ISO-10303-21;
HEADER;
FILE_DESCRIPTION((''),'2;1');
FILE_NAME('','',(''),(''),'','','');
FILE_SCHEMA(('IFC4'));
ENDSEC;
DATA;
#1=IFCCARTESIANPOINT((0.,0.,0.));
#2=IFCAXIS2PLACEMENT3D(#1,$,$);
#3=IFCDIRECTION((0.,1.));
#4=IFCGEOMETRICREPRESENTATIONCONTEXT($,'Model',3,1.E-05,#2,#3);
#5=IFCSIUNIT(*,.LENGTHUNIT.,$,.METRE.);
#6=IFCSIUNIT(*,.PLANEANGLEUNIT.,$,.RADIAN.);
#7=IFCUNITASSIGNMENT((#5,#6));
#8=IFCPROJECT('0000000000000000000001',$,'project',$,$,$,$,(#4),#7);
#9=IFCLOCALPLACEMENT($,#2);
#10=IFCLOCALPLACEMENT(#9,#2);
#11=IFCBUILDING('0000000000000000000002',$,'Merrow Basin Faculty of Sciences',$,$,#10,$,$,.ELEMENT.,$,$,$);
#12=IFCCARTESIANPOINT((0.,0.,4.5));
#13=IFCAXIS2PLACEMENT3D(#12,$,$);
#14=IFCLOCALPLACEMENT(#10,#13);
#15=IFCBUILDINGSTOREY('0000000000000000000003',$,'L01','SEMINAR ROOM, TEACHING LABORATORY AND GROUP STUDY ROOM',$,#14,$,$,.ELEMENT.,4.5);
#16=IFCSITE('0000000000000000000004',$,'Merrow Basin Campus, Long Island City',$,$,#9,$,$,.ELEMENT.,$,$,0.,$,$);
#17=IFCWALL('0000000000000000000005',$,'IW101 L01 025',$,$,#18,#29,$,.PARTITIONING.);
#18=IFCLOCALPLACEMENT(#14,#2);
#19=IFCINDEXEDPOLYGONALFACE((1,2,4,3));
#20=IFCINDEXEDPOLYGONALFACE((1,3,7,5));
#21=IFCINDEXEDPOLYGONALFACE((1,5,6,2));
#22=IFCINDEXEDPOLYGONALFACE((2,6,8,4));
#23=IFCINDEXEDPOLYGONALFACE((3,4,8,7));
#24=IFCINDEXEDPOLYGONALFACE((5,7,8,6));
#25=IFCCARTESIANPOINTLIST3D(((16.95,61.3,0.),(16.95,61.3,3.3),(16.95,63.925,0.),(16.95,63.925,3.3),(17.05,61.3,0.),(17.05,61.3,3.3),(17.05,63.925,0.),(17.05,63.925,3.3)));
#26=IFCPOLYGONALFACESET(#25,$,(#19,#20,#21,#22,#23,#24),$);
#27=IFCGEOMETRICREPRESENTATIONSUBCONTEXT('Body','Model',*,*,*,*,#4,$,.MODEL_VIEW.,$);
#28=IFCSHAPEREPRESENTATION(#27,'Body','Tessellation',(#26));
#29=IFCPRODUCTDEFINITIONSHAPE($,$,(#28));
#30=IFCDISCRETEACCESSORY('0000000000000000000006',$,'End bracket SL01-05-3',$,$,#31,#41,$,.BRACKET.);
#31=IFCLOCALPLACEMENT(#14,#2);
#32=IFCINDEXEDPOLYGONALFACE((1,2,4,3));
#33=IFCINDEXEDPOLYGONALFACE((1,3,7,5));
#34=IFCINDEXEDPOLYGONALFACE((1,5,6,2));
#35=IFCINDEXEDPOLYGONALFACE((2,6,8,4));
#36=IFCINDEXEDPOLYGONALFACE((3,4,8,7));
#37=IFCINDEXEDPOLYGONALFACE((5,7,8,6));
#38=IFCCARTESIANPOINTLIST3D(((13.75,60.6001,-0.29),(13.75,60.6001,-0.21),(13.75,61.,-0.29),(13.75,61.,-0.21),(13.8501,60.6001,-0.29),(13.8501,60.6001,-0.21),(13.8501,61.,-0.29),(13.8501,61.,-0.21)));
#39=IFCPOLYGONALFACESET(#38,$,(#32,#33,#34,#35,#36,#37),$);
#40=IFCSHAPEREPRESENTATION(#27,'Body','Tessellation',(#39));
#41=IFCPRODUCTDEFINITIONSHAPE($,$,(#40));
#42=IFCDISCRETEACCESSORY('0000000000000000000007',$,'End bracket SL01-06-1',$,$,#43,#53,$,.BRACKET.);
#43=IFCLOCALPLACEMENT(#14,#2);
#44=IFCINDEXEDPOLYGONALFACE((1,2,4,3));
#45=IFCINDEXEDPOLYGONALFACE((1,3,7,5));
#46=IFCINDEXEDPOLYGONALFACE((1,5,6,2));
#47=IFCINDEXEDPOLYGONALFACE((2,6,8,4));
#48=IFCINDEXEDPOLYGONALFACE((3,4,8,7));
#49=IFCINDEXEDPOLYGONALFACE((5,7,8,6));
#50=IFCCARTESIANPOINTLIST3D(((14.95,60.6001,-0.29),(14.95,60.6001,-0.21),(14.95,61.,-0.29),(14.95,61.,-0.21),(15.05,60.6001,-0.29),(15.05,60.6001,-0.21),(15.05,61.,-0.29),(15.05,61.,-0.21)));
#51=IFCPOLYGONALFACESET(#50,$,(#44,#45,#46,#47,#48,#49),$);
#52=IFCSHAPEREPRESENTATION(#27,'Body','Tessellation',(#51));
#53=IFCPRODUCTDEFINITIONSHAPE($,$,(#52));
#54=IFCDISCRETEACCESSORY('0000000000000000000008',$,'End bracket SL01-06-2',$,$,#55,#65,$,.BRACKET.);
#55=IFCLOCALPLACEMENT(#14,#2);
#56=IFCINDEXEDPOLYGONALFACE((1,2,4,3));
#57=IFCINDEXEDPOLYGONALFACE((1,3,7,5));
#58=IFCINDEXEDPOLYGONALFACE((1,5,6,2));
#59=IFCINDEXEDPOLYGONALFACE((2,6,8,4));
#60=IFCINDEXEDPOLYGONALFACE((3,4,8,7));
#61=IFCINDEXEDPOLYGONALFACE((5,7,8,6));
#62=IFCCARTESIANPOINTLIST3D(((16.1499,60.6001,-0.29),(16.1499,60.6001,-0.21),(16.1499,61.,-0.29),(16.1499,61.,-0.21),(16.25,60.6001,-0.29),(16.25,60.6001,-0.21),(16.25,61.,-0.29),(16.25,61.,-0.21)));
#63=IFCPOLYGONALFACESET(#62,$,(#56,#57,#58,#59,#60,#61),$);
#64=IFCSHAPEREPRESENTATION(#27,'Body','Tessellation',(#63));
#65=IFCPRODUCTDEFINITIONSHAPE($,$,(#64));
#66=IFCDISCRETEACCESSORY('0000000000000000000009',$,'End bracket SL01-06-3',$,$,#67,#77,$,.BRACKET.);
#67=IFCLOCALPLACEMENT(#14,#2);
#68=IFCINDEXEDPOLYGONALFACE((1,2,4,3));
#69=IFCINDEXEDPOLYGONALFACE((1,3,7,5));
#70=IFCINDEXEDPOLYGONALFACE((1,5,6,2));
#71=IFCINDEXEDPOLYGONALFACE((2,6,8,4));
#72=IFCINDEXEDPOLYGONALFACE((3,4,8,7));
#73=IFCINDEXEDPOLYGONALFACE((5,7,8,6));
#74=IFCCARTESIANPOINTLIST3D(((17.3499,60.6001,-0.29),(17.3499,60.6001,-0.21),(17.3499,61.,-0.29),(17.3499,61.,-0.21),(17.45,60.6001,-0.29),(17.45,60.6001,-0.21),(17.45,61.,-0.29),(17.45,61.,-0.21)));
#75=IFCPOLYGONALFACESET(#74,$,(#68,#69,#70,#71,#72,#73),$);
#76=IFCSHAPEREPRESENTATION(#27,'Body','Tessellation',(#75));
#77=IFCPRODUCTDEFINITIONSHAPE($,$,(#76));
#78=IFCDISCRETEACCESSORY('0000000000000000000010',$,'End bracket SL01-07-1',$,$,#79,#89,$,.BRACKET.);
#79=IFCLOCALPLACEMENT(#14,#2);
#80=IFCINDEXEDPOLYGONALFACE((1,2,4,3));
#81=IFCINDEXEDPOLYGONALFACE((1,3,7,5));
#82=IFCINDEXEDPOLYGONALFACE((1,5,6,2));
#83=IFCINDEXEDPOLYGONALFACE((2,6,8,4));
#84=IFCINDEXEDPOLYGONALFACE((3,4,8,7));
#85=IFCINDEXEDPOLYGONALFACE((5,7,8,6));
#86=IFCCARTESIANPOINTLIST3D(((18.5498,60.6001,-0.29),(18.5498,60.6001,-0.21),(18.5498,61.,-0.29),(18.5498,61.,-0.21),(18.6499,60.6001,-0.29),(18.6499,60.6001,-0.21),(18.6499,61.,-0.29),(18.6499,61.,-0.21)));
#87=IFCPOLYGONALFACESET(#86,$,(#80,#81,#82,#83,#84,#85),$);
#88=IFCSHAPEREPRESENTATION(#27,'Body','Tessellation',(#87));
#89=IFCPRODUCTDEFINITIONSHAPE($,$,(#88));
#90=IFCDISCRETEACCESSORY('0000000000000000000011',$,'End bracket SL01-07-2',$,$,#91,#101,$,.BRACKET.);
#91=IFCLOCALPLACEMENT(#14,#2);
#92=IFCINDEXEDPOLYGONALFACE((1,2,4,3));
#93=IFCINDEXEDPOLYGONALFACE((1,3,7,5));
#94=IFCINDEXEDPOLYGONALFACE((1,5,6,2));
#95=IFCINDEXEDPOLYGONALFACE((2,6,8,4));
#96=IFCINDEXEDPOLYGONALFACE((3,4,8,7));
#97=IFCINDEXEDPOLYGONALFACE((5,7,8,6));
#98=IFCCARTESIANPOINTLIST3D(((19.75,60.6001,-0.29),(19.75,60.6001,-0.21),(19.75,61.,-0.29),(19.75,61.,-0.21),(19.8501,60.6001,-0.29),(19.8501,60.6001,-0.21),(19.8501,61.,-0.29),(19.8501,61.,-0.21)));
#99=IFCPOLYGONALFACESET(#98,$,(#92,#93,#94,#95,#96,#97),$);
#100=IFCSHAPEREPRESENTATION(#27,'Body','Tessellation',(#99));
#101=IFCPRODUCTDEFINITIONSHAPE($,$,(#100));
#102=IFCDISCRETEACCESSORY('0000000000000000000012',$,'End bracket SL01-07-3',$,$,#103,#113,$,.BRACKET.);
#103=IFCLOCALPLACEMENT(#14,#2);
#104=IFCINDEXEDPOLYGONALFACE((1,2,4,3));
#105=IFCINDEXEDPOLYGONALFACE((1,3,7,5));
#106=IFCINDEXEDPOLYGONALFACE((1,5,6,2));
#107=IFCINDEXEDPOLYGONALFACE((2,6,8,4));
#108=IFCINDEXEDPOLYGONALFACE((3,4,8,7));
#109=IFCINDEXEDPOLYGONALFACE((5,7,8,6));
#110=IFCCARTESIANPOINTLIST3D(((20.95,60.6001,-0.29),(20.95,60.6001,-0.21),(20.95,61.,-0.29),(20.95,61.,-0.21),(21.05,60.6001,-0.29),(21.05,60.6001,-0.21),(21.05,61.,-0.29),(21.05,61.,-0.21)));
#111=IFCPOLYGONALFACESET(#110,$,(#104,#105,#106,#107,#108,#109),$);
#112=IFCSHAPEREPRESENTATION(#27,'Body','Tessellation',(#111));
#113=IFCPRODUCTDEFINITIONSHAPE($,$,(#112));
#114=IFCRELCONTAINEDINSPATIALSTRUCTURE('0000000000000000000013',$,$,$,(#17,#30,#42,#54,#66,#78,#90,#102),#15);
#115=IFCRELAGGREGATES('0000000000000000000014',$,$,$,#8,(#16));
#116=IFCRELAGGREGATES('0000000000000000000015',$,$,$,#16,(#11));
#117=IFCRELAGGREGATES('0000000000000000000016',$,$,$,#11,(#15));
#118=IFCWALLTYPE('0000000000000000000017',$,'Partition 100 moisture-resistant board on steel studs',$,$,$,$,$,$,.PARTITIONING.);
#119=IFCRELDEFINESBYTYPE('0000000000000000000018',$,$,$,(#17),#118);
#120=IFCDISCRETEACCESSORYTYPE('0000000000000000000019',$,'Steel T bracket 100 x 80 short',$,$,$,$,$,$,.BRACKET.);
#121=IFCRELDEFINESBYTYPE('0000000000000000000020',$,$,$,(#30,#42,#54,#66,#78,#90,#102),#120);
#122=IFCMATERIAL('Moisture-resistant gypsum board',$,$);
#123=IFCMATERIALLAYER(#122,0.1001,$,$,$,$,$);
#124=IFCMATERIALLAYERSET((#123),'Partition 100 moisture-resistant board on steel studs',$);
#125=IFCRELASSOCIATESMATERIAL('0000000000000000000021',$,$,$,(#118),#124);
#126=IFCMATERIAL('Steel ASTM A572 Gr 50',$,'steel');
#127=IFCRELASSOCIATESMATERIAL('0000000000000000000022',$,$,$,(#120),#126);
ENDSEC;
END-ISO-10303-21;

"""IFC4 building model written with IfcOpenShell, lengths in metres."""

from ifc_helpers import new_model, si_unit, direction, frame, frame_2d, origin, place, context, subcontext, project, spatial, polyline, rectangle, outline, extrude, source, transform, mapped, material, layer, layer_set, type_object, element, save


model = new_model("IFC4")

# Units and contexts
model_context = context("Model", 3, precision=1e-05, world=origin(), true_north=direction((0.0, 1.0)))
body_context = subcontext(model_context, "Body", "Model", "MODEL_VIEW")
ifc_project = project(units=[si_unit("LENGTHUNIT", "METRE"), si_unit("PLANEANGLEUNIT", "RADIAN")], contexts=[model_context])

# Site, building, storey
site_placement = place(None, origin())
site = spatial("IfcSite", under=ifc_project, at=site_placement, Name="Merrow Basin Campus, Long Island City", CompositionType="ELEMENT", RefElevation=0.0)
building_placement = place(site_placement, origin())
building = spatial("IfcBuilding", under=site, at=building_placement, Name="Merrow Basin Faculty of Sciences", CompositionType="ELEMENT")
storey_placement = place(building_placement, frame((0.0, 0.0, 4.5)))
storey = spatial("IfcBuildingStorey", under=building, at=storey_placement, Name="L01", Description="SEMINAR ROOM, TEACHING LABORATORY AND GROUP STUDY ROOM", CompositionType="ELEMENT", Elevation=4.5)

# Wall
ifc_material_1 = material(Name="Moisture-resistant gypsum board")
ifc_layer_1 = layer(ifc_material_1, 0.1001)
ifc_layer_set_1 = layer_set([ifc_layer_1], Name="Partition 100 moisture-resistant board on steel studs")
wall_type_1 = type_object("IfcWallType", Name="Partition 100 moisture-resistant board on steel studs", PredefinedType="PARTITIONING", material=ifc_layer_set_1)
wall_1_placement = place(storey_placement, frame((17.0, 61.3, 0.0), z_axis=(0.0, 0.0, 1.0), x_axis=(0.0, 1.0, 0.0)))
element("IfcWall", 1, at=wall_1_placement, inside=storey, type_object=wall_type_1, Name="IW101 L01 025", PredefinedType="PARTITIONING", context=body_context, shape_type="SweptSolid", body=[
    extrude(rectangle(XDim=2.625, YDim=0.1001, at=frame_2d((1.3125, 0.0))), origin(), (0.0, 0.0, 1.0), 3.3),
])

# Discrete accessories
ifc_material_2 = material(Name="Steel ASTM A572 Gr 50", Category="steel")
discrete_accessory_type = type_object("IfcDiscreteAccessoryType", Name="Steel T bracket 100 x 80 short", PredefinedType="BRACKET", material=ifc_material_2)
shared_shape_1 = source(origin(), body_context, "Body", "SweptSolid", [
    extrude(outline(polyline([(0.0, 0.0), (0.1001, 0.0), (0.1001, 0.0801), (0.0, 0.0801), (0.0, 0.0)])), origin(), (0.0, 0.0, 1.0), 0.3999),
])
for number, where, z_axis, x_axis, name in (
    (2, (13.8501, 60.6001, -0.29), (0.0, 1.0, 0.0), (-1.0, 0.0, 0.0), "End bracket SL01-05-3"),
    (3, (15.05, 60.6001, -0.29), (0.0, 1.0, 0.0), (-1.0, 0.0, 0.0), "End bracket SL01-06-1"),
    (4, (16.25, 60.6001, -0.29), (0.0, 1.0, 0.0), (-1.0, 0.0, 0.0), "End bracket SL01-06-2"),
    (5, (17.45, 60.6001, -0.29), (0.0, 1.0, 0.0), (-1.0, 0.0, 0.0), "End bracket SL01-06-3"),
    (6, (18.6499, 60.6001, -0.29), (0.0, 1.0, 0.0), (-1.0, 0.0, 0.0), "End bracket SL01-07-1"),
    (7, (19.8501, 60.6001, -0.29), (0.0, 1.0, 0.0), (-1.0, 0.0, 0.0), "End bracket SL01-07-2"),
    (8, (21.05, 60.6001, -0.29), (0.0, 1.0, 0.0), (-1.0, 0.0, 0.0), "End bracket SL01-07-3"),
):
    element("IfcDiscreteAccessory", number, at=place(storey_placement, frame(where, z_axis=z_axis, x_axis=x_axis)), inside=storey, type_object=discrete_accessory_type, Name=name, PredefinedType="BRACKET", context=body_context, shape_type="MappedRepresentation", body=[
        mapped(shared_shape_1, transform((0.0, 0.0, 0.0), scale=1.0)),
    ])

save(model, "model.ifc")
